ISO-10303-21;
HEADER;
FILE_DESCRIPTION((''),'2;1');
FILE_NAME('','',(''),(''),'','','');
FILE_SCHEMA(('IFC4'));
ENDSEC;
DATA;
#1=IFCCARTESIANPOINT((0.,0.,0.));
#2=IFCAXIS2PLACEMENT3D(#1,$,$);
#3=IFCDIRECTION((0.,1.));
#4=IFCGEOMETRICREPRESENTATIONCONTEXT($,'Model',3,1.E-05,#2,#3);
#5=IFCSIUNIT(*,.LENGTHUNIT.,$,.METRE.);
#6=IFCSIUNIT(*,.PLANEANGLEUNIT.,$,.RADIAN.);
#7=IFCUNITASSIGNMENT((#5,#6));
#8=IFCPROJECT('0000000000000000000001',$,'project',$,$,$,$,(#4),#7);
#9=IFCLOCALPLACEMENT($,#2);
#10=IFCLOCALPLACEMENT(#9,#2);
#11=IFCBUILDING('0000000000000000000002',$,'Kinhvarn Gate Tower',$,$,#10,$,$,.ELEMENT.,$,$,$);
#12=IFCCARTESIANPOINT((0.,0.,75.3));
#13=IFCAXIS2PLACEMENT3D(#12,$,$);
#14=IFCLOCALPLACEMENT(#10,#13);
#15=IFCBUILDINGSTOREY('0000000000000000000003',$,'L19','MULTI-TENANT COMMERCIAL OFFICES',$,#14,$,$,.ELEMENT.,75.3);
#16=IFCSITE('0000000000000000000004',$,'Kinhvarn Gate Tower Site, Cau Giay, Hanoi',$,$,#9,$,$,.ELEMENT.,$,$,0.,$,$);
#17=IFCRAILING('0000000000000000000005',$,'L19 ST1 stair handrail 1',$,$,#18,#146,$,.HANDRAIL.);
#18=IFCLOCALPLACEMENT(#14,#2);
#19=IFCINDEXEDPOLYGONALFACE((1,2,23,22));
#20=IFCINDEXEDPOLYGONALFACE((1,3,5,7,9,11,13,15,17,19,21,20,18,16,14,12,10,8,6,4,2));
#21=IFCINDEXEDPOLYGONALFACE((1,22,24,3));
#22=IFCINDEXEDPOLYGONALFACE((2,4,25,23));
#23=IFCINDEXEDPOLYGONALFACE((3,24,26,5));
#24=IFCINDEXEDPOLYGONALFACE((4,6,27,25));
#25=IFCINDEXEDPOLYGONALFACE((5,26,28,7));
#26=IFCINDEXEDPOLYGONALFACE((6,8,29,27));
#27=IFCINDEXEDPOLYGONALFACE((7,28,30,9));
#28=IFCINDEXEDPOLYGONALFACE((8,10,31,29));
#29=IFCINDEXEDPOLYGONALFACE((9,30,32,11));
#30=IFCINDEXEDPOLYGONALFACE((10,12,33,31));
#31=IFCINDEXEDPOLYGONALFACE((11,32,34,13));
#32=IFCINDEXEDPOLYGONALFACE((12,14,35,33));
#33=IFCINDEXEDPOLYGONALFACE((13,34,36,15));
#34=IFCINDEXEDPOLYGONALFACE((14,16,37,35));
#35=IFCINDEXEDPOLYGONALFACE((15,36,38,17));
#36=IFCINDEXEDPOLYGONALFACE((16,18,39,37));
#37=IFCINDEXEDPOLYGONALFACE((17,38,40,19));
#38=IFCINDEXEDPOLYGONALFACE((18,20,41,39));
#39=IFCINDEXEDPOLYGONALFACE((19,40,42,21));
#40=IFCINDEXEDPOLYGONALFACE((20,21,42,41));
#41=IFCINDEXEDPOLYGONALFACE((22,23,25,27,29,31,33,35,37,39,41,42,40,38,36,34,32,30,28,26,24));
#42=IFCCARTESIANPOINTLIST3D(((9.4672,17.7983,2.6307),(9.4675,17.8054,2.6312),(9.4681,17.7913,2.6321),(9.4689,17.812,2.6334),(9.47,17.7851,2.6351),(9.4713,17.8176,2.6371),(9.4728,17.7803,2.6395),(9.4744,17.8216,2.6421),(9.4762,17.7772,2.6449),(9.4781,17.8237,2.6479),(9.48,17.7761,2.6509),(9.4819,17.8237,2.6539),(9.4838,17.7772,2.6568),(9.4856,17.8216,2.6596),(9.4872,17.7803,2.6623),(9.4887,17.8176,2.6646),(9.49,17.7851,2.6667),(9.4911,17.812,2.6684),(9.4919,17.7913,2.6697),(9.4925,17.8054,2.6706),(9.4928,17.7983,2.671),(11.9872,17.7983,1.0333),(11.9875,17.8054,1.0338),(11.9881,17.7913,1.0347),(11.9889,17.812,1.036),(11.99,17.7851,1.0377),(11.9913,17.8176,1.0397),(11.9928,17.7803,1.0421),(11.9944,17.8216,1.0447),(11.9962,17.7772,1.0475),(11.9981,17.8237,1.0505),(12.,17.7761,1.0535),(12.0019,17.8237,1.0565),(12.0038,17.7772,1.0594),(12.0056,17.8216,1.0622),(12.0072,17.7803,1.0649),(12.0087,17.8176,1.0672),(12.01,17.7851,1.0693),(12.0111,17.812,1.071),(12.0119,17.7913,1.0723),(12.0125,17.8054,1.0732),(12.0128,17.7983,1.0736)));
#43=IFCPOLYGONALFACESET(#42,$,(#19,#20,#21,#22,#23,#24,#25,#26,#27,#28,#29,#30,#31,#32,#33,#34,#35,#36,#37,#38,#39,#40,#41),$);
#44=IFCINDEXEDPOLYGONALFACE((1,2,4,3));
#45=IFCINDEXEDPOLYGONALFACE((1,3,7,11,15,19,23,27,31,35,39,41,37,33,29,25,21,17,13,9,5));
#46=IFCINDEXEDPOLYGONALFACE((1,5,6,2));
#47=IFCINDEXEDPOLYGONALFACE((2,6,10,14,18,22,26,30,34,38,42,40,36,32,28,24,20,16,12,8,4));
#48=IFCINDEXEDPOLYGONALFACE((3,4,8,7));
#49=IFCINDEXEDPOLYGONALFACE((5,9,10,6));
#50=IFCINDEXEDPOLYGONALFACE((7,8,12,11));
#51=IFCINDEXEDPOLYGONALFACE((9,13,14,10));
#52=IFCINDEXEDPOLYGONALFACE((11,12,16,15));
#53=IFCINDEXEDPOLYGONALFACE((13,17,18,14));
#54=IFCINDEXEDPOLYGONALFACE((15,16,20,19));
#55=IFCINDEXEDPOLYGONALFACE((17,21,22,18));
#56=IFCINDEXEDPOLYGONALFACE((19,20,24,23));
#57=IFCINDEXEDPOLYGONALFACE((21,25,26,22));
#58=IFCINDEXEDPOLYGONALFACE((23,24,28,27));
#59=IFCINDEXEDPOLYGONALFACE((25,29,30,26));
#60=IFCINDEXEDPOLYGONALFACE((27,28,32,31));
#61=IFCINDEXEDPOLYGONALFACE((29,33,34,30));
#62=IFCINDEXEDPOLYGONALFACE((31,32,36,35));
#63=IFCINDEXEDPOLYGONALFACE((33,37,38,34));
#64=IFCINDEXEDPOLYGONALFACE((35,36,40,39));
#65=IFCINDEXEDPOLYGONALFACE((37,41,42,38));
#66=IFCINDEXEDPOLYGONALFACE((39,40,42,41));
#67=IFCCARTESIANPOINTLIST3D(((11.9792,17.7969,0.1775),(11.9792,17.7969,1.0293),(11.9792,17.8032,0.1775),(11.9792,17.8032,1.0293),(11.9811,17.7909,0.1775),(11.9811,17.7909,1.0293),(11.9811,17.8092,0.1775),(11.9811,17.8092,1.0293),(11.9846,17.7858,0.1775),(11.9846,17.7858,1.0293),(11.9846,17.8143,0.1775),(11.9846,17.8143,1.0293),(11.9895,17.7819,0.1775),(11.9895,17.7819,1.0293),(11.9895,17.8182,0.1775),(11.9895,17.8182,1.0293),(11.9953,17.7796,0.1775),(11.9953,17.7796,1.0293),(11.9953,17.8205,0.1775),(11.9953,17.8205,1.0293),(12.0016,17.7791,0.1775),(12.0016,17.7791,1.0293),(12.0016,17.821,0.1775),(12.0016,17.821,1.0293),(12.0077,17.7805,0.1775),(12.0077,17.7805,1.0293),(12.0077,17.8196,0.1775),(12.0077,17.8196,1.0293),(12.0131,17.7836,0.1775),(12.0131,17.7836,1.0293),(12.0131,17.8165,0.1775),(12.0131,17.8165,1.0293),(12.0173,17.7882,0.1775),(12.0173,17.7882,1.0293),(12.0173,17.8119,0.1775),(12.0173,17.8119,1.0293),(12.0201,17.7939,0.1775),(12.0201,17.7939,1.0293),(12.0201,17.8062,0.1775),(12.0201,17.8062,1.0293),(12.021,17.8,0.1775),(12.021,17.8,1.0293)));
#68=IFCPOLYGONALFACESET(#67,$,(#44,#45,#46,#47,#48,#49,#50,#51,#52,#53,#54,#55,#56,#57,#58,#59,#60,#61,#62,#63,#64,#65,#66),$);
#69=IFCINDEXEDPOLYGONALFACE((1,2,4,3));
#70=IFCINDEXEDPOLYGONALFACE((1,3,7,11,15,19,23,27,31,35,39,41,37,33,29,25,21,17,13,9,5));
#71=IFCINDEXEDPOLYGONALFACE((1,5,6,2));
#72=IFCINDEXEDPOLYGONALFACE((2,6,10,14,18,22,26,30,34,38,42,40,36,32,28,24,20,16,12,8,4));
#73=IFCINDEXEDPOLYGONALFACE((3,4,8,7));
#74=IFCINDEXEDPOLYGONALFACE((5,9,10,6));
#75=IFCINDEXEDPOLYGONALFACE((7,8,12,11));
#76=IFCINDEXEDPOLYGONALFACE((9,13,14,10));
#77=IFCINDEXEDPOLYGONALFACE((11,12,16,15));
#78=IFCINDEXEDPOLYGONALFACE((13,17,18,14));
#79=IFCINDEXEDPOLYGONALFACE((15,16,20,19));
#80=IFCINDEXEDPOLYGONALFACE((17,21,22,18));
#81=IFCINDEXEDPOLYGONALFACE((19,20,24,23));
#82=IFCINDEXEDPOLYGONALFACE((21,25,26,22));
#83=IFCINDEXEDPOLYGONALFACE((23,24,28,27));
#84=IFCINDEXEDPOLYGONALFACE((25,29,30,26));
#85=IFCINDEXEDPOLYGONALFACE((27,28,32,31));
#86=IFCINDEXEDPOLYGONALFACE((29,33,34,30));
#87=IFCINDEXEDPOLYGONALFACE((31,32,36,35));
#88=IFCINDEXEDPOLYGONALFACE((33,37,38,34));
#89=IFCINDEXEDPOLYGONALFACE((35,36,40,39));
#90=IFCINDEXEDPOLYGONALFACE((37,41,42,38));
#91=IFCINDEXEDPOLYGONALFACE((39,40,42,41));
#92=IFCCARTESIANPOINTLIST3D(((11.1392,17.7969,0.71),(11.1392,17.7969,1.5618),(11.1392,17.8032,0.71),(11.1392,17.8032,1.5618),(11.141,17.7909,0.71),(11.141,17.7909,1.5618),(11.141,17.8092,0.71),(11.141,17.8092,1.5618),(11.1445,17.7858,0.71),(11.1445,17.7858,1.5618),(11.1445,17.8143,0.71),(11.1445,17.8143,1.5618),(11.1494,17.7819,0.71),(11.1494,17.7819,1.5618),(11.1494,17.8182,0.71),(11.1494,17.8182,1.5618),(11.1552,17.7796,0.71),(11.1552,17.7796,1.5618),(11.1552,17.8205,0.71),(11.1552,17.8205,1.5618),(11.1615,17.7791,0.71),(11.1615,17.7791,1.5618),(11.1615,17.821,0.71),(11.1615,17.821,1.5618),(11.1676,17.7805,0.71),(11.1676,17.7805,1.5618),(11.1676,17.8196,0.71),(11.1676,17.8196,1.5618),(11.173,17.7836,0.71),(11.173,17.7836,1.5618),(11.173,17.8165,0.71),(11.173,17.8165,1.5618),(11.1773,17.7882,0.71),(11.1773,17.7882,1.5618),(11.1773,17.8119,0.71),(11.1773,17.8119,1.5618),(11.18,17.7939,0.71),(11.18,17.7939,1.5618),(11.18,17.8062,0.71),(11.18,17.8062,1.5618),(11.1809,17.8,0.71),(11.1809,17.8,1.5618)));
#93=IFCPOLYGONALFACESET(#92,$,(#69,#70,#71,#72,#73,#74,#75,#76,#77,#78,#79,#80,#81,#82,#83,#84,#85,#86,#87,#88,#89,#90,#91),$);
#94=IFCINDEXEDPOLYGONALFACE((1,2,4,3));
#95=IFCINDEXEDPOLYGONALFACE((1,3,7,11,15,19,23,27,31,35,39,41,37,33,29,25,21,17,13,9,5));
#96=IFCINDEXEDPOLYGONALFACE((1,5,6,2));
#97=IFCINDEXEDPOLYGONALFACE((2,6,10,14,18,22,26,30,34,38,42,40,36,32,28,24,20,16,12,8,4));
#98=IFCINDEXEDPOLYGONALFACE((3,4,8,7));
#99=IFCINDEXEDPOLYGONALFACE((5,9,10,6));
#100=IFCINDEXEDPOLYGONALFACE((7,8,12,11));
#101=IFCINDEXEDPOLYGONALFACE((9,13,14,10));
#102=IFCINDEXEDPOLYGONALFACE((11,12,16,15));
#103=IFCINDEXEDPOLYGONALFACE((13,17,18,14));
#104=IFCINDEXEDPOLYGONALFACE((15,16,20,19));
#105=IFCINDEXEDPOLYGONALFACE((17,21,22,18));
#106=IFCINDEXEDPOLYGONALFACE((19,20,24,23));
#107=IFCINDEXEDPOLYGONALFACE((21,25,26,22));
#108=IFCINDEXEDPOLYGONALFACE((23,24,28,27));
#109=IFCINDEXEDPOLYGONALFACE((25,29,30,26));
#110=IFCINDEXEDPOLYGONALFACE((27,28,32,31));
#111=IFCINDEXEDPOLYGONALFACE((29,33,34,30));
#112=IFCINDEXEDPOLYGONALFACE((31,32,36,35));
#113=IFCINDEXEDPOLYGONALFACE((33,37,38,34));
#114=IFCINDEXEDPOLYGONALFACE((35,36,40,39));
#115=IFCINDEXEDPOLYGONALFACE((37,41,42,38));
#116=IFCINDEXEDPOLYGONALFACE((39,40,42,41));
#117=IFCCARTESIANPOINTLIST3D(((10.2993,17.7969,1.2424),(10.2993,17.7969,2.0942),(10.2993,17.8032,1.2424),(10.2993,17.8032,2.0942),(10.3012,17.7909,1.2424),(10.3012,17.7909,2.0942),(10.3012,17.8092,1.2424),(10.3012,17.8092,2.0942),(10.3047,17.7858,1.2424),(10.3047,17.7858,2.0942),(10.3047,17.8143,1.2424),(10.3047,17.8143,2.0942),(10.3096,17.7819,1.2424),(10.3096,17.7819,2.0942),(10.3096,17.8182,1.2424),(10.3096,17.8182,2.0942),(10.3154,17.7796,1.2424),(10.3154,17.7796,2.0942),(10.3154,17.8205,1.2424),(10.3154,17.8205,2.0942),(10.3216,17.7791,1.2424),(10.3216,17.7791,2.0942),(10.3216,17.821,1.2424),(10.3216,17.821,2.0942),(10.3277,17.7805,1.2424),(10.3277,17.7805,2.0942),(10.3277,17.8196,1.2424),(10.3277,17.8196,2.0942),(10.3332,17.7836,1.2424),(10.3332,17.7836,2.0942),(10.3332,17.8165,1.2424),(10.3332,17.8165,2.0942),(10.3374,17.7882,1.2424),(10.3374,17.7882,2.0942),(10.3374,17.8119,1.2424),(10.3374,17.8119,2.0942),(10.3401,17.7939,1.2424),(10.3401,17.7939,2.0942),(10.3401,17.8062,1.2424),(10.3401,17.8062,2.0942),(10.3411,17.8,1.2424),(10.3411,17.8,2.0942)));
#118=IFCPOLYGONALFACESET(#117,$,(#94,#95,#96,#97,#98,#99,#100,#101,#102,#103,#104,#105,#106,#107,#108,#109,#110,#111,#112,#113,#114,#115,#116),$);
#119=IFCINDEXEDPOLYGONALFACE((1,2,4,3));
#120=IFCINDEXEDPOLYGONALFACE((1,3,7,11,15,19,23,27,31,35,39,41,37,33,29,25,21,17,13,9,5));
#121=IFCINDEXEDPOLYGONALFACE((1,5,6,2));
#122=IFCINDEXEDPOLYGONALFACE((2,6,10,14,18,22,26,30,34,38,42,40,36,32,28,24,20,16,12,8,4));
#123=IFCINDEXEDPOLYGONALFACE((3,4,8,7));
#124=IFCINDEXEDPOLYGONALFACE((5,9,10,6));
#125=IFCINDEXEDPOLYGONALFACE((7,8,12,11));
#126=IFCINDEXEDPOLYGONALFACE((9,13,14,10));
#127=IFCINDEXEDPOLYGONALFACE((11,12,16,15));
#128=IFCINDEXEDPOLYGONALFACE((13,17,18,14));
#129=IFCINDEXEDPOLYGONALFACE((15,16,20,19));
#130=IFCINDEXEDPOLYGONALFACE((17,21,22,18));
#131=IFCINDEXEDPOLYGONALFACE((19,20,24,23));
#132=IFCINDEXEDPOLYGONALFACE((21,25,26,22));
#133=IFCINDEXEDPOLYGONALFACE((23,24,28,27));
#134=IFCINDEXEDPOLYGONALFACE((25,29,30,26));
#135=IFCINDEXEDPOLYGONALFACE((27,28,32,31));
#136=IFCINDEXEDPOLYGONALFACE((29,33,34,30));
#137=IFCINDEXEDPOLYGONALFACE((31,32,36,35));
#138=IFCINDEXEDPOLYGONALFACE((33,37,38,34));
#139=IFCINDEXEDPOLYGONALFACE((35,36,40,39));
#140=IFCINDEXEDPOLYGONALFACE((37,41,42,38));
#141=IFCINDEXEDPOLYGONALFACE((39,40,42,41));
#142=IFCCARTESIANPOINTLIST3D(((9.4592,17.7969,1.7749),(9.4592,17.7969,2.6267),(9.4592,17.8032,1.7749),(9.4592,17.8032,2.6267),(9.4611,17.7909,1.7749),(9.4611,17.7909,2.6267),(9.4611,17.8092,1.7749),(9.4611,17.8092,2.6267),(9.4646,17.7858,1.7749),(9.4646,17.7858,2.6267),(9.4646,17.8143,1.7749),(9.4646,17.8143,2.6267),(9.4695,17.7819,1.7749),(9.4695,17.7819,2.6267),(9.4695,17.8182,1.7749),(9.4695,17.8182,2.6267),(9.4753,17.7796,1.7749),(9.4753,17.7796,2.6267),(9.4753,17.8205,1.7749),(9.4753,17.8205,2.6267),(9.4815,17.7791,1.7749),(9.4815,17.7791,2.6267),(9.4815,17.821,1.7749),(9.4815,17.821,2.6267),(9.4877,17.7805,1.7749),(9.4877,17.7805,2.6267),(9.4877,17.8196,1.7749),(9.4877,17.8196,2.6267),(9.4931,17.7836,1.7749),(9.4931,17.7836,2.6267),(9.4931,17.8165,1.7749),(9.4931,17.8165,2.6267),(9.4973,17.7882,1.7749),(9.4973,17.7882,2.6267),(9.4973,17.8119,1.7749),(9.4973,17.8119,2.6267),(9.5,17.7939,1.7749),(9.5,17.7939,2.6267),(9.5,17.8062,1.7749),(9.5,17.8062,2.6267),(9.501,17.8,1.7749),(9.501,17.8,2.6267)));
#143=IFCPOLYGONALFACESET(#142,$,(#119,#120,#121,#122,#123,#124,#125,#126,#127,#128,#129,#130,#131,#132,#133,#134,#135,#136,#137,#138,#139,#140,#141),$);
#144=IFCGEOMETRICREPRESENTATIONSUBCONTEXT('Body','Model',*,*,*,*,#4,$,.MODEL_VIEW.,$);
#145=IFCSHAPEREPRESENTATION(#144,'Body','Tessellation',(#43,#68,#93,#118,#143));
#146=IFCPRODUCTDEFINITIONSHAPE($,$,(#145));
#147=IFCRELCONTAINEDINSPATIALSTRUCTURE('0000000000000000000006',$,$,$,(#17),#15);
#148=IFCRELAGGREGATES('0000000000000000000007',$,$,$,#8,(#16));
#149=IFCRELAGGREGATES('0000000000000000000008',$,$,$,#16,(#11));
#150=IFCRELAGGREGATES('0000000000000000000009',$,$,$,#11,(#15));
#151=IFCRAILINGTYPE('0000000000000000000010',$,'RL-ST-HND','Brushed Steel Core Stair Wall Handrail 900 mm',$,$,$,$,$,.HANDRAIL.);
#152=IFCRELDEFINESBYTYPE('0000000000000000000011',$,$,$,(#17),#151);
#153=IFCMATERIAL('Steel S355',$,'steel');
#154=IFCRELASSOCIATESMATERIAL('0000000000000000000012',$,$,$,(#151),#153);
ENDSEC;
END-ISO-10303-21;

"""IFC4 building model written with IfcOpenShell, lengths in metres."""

from ifc_helpers import new_model, si_unit, direction, frame, origin, origin_2d, place, context, subcontext, project, spatial, circle, extrude, material, type_object, element, save


model = new_model("IFC4")

# Units and contexts
model_context = context("Model", 3, precision=1e-05, world=origin(), true_north=direction((0.0, 1.0)))
body_context = subcontext(model_context, "Body", "Model", "MODEL_VIEW")
ifc_project = project(units=[si_unit("LENGTHUNIT", "METRE"), si_unit("PLANEANGLEUNIT", "RADIAN")], contexts=[model_context])

# Site, building, storey
site_placement = place(None, origin())
site = spatial("IfcSite", under=ifc_project, at=site_placement, Name="Kinhvarn Gate Tower Site, Cau Giay, Hanoi", CompositionType="ELEMENT", RefElevation=0.0)
building_placement = place(site_placement, origin())
building = spatial("IfcBuilding", under=site, at=building_placement, Name="Kinhvarn Gate Tower", CompositionType="ELEMENT")
storey_placement = place(building_placement, frame((0.0, 0.0, 75.3)))
storey = spatial("IfcBuildingStorey", under=building, at=storey_placement, Name="L19", Description="MULTI-TENANT COMMERCIAL OFFICES", CompositionType="ELEMENT", Elevation=75.3)

# Railing
ifc_material_1 = material(Name="Steel S355", Category="steel")
railing_type_1 = type_object("IfcRailingType", Name="RL-ST-HND", Description="Brushed Steel Core Stair Wall Handrail 900 mm", PredefinedType="HANDRAIL", material=ifc_material_1)
railing_1_placement = place(storey_placement, frame((12.0, 17.8, 0.1775)))
element("IfcRailing", 1, at=railing_1_placement, inside=storey, type_object=railing_type_1, Name="L19 ST1 stair handrail 1", PredefinedType="HANDRAIL", context=body_context, shape_type="SweptSolid", body=[
    extrude(circle(Radius=0.0239, at=origin_2d()), frame((0.0, 0.0, 0.876), z_axis=(-0.844607, 0.0, 0.535387), x_axis=(0.0, -1.0, 0.0)), (0.0, 0.0, 1.0), 2.9836),
    extrude(circle(Radius=0.021, at=origin_2d()), origin(), (0.0, 0.0, 1.0), 0.8518),
    extrude(circle(Radius=0.021, at=origin_2d()), frame((-0.8401, 0.0, 0.5325)), (0.0, 0.0, 1.0), 0.8518),
    extrude(circle(Radius=0.021, at=origin_2d()), frame((-1.6799, 0.0, 1.0649)), (0.0, 0.0, 1.0), 0.8518),
    extrude(circle(Radius=0.021, at=origin_2d()), frame((-2.52, 0.0, 1.5974)), (0.0, 0.0, 1.0), 0.8518),
])

save(model, "model.ifc")
